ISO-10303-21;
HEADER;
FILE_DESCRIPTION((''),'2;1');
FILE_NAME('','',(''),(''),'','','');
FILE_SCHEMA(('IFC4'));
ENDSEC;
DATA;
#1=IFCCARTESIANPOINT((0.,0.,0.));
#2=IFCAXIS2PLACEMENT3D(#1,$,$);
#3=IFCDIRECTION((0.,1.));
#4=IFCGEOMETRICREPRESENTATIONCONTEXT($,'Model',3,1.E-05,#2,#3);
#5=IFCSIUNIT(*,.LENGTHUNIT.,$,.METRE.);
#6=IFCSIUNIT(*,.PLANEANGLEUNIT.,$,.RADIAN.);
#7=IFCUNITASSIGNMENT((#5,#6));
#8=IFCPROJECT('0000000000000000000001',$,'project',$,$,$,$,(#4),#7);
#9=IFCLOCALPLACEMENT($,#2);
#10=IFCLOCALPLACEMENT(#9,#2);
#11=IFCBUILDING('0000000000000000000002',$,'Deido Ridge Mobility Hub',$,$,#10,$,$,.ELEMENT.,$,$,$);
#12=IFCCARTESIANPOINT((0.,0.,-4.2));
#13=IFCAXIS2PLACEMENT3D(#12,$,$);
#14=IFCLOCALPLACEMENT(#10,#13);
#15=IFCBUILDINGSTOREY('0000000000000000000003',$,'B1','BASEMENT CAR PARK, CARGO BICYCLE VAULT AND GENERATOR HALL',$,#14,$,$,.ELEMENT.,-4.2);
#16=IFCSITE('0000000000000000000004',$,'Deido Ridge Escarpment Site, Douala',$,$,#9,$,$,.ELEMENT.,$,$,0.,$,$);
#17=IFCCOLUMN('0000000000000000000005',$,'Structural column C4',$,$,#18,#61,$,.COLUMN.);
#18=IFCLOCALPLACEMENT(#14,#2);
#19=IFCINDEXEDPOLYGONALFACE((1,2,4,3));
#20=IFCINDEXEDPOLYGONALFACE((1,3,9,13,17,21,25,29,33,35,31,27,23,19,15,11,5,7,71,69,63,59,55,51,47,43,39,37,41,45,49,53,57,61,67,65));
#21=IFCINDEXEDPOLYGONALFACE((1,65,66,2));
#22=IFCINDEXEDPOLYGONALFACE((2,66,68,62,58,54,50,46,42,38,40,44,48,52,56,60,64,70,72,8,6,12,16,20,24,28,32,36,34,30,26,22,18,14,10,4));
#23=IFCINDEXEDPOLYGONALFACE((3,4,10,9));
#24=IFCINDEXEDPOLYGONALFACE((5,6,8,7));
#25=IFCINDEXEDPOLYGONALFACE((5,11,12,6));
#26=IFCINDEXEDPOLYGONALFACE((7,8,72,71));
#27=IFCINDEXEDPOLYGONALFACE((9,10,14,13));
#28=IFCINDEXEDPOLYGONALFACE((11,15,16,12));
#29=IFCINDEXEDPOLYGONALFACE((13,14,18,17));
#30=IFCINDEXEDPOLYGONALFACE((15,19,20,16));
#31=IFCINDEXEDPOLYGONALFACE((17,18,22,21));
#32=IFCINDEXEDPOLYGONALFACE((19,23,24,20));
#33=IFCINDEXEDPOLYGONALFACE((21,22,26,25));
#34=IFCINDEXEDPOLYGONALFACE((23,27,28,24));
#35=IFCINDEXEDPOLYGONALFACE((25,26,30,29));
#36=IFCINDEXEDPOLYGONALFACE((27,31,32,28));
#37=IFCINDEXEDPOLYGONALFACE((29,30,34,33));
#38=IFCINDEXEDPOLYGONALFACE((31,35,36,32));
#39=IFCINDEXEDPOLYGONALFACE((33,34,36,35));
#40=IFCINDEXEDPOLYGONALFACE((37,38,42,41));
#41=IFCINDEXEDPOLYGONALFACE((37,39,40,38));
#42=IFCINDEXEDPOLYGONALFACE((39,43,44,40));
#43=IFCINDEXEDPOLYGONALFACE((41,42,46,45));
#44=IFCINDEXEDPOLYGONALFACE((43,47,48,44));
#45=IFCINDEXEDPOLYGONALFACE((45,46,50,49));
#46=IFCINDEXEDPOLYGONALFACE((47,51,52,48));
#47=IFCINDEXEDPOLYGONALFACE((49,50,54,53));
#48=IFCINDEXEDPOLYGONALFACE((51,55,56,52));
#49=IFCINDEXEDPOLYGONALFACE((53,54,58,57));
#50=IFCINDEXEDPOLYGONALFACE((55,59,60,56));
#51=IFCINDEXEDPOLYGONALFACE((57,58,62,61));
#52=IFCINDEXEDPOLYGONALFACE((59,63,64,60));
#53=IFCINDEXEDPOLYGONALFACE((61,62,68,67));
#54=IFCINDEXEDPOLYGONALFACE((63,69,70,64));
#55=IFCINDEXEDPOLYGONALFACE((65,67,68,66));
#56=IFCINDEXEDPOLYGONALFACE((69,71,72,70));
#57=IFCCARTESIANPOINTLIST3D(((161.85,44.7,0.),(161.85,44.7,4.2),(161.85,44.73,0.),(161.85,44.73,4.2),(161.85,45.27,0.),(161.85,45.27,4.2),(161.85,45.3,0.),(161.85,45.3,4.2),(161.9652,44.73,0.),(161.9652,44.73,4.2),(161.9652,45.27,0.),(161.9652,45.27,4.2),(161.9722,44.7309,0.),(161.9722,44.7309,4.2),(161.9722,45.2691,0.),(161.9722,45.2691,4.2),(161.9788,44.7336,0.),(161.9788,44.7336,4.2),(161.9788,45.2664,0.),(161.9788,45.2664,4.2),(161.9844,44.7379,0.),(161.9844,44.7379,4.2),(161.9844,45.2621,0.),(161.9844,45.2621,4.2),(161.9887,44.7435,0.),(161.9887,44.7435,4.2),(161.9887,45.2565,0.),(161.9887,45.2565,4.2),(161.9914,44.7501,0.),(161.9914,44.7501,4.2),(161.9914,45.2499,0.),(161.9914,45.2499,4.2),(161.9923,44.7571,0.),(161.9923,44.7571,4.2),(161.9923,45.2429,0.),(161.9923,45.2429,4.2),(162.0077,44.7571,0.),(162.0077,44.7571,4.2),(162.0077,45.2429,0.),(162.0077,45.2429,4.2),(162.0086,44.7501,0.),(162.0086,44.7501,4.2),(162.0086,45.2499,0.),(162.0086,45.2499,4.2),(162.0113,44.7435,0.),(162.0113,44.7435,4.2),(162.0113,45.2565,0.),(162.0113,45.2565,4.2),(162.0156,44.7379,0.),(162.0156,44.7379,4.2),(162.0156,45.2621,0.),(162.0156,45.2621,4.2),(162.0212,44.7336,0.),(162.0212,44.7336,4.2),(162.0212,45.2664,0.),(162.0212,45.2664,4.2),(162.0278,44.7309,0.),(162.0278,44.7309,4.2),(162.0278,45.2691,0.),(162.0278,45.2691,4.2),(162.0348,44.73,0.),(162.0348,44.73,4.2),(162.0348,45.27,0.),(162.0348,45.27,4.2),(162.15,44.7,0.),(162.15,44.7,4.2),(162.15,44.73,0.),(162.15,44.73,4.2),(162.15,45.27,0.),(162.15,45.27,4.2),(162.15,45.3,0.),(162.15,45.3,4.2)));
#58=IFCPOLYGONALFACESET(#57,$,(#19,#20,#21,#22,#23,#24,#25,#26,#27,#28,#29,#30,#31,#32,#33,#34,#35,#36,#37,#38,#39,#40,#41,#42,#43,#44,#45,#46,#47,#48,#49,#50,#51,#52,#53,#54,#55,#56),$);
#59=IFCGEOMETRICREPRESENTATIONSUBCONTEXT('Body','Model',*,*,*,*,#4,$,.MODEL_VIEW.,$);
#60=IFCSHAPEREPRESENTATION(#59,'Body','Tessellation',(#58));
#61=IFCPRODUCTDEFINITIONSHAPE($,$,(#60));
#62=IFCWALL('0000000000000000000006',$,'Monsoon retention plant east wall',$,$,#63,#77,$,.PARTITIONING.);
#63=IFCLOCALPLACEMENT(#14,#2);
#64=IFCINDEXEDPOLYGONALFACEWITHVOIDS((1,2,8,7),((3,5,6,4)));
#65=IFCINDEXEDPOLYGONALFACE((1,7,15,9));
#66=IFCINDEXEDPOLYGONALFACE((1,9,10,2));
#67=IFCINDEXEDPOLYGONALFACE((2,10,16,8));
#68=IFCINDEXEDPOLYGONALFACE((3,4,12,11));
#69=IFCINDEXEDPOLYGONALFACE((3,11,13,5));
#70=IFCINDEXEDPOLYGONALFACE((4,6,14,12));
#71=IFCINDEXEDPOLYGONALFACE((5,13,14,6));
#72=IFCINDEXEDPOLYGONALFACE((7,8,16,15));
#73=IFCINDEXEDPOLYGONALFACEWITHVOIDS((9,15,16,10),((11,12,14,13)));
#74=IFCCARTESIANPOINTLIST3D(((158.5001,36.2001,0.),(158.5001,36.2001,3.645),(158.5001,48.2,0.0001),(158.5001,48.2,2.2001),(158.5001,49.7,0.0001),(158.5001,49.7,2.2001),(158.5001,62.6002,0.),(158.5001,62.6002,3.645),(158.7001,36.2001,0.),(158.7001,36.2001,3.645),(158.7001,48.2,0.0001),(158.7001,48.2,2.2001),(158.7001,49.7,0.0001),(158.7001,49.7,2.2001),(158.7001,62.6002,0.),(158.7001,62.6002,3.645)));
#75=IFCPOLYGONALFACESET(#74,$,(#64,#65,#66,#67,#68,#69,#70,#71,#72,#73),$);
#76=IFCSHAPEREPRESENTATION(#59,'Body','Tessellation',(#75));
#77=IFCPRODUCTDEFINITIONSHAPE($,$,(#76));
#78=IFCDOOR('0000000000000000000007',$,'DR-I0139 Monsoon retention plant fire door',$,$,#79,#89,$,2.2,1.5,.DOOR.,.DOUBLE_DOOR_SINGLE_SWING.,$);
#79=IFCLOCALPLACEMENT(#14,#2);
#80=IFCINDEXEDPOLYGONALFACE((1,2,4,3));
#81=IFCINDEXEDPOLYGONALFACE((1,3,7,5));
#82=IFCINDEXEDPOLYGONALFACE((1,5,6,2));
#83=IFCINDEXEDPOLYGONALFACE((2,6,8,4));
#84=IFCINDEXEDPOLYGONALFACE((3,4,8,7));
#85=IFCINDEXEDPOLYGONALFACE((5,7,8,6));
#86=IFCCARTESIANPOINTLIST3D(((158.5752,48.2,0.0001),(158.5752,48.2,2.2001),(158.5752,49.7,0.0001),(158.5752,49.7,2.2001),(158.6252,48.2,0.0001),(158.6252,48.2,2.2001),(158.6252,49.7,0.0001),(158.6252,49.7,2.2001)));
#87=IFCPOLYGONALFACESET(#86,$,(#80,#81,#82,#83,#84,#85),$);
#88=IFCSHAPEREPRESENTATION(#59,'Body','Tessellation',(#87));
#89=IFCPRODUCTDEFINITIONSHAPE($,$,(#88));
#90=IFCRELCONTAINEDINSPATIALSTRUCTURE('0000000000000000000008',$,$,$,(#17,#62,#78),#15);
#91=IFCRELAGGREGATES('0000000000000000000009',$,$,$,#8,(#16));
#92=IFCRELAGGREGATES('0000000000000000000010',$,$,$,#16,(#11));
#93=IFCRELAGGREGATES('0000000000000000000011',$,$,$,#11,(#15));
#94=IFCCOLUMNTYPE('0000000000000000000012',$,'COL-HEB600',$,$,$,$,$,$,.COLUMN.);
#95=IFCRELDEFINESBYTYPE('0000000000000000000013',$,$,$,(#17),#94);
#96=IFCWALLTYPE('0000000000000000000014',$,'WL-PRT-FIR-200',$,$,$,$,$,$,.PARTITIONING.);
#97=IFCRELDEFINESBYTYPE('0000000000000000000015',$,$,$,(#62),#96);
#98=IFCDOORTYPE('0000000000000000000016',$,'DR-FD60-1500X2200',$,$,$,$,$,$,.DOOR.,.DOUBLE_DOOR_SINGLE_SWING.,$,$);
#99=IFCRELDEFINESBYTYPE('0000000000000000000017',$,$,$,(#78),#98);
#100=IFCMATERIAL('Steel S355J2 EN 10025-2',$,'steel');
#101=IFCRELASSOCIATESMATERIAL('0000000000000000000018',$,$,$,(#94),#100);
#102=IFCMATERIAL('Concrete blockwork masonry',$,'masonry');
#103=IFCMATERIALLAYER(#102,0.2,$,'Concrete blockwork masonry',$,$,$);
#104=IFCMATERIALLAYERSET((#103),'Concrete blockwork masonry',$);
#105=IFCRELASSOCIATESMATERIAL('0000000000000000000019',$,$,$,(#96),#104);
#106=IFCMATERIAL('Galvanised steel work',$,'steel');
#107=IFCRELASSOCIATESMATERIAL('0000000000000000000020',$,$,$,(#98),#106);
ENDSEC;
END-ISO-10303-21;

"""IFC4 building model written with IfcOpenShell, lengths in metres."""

from ifc_helpers import new_model, si_unit, direction, frame, frame_2d, origin, origin_2d, place, context, subcontext, project, spatial, rectangle, i_section, extrude, material, layer, layer_set, material_profile, profile_set, type_object, element, fill, save


model = new_model("IFC4")

# Units and contexts
model_context = context("Model", 3, precision=1e-05, world=origin(), true_north=direction((0.0, 1.0)))
body_context = subcontext(model_context, "Body", "Model", "MODEL_VIEW")
ifc_project = project(units=[si_unit("LENGTHUNIT", "METRE"), si_unit("PLANEANGLEUNIT", "RADIAN")], contexts=[model_context])

# Site, building, storey
site_placement = place(None, origin())
site = spatial("IfcSite", under=ifc_project, at=site_placement, Name="Deido Ridge Escarpment Site, Douala", CompositionType="ELEMENT", RefElevation=0.0)
building_placement = place(site_placement, origin())
building = spatial("IfcBuilding", under=site, at=building_placement, Name="Deido Ridge Mobility Hub", CompositionType="ELEMENT")
storey_placement = place(building_placement, frame((0.0, 0.0, -4.2)))
storey = spatial("IfcBuildingStorey", under=building, at=storey_placement, Name="B1", Description="BASEMENT CAR PARK, CARGO BICYCLE VAULT AND GENERATOR HALL", CompositionType="ELEMENT", Elevation=-4.2)

# Column
ifc_material_1 = material(Name="Steel S355J2 EN 10025-2", Category="steel")
ifc_material_profile_1 = material_profile(ifc_material_1, i_section(OverallWidth=0.3, OverallDepth=0.6001, WebThickness=0.0154, FlangeThickness=0.03, FilletRadius=0.0271, at=origin_2d()), Name="HEB 600")
ifc_profile_set_1 = profile_set([ifc_material_profile_1], Name="Steel S355J2 EN 10025-2")
column_type = type_object("IfcColumnType", Name="COL-HEB600", PredefinedType="COLUMN", material=ifc_profile_set_1)
for number, where, z_axis, x_axis, name in (
    (1, (162.0, 45.0, 0.0), (0.0, 0.0, 1.0), (1.0, 0.0, 0.0), "Structural column C4"),
):
    element("IfcColumn", number, at=place(storey_placement, frame(where, z_axis=z_axis, x_axis=x_axis)), inside=storey, type_object=column_type, Name=name, PredefinedType="COLUMN", context=body_context, shape_type="SweptSolid", body=[
        extrude(i_section(OverallWidth=0.3, OverallDepth=0.6001, WebThickness=0.0154, FlangeThickness=0.03, FilletRadius=0.0271, at=origin_2d()), origin(), (0.0, 0.0, 1.0), 4.2),
    ])

# Wall, opening, door
ifc_material_2 = material(Name="Concrete blockwork masonry", Category="masonry")
ifc_layer = layer(ifc_material_2, 0.2, Name="Concrete blockwork masonry")
ifc_layer_set = layer_set([ifc_layer], Name="Concrete blockwork masonry")
wall_type = type_object("IfcWallType", Name="WL-PRT-FIR-200", PredefinedType="PARTITIONING", material=ifc_layer_set)
wall_placement = place(storey_placement, frame((158.6001, 36.2, 0.0), z_axis=(0.0, 0.0, 1.0), x_axis=(0.0, 1.0, 0.0)))
wall = element("IfcWall", 2, at=wall_placement, inside=storey, type_object=wall_type, Name="Monsoon retention plant east wall", PredefinedType="PARTITIONING", context=body_context, shape_type="SweptSolid", body=[
    extrude(rectangle(XDim=26.4001, YDim=0.2, at=frame_2d((13.2002, 0.0))), origin(), (0.0, 0.0, 1.0), 3.645),
])
opening_placement = place(wall_placement, frame((12.0, 0.0, 0.0)))
opening = element("IfcOpeningElement", 3, at=opening_placement, cuts=wall, PredefinedType="OPENING", context=body_context, shape_type="SweptSolid", body=[
    extrude(rectangle(XDim=1.5, YDim=2.2, at=frame_2d((0.75, 1.1001))), frame((0.0, 0.1099, 0.0), z_axis=(0.0, -1.0, 0.0), x_axis=(1.0, 0.0, 0.0)), (0.0, 0.0, 1.0), 0.22),
])
ifc_material_3 = material(Name="Galvanised steel work", Category="steel")
door_type = type_object("IfcDoorType", Name="DR-FD60-1500X2200", OperationType="DOUBLE_DOOR_SINGLE_SWING", PredefinedType="DOOR", material=ifc_material_3)
door_placement = place(opening_placement, origin())
door = element("IfcDoor", 4, at=door_placement, inside=storey, type_object=door_type, Name="DR-I0139 Monsoon retention plant fire door", OperationType="DOUBLE_DOOR_SINGLE_SWING", OverallHeight=2.2, OverallWidth=1.5, PredefinedType="DOOR", context=body_context, shape_type="SweptSolid", body=[
    extrude(rectangle(XDim=1.5, YDim=2.2, at=frame_2d((0.75, 1.1001))), frame((0.0, 0.0249, 0.0), z_axis=(0.0, -1.0, 0.0), x_axis=(1.0, 0.0, 0.0)), (0.0, 0.0, 1.0), 0.05),
])
fill(opening, door)

save(model, "model.ifc")
